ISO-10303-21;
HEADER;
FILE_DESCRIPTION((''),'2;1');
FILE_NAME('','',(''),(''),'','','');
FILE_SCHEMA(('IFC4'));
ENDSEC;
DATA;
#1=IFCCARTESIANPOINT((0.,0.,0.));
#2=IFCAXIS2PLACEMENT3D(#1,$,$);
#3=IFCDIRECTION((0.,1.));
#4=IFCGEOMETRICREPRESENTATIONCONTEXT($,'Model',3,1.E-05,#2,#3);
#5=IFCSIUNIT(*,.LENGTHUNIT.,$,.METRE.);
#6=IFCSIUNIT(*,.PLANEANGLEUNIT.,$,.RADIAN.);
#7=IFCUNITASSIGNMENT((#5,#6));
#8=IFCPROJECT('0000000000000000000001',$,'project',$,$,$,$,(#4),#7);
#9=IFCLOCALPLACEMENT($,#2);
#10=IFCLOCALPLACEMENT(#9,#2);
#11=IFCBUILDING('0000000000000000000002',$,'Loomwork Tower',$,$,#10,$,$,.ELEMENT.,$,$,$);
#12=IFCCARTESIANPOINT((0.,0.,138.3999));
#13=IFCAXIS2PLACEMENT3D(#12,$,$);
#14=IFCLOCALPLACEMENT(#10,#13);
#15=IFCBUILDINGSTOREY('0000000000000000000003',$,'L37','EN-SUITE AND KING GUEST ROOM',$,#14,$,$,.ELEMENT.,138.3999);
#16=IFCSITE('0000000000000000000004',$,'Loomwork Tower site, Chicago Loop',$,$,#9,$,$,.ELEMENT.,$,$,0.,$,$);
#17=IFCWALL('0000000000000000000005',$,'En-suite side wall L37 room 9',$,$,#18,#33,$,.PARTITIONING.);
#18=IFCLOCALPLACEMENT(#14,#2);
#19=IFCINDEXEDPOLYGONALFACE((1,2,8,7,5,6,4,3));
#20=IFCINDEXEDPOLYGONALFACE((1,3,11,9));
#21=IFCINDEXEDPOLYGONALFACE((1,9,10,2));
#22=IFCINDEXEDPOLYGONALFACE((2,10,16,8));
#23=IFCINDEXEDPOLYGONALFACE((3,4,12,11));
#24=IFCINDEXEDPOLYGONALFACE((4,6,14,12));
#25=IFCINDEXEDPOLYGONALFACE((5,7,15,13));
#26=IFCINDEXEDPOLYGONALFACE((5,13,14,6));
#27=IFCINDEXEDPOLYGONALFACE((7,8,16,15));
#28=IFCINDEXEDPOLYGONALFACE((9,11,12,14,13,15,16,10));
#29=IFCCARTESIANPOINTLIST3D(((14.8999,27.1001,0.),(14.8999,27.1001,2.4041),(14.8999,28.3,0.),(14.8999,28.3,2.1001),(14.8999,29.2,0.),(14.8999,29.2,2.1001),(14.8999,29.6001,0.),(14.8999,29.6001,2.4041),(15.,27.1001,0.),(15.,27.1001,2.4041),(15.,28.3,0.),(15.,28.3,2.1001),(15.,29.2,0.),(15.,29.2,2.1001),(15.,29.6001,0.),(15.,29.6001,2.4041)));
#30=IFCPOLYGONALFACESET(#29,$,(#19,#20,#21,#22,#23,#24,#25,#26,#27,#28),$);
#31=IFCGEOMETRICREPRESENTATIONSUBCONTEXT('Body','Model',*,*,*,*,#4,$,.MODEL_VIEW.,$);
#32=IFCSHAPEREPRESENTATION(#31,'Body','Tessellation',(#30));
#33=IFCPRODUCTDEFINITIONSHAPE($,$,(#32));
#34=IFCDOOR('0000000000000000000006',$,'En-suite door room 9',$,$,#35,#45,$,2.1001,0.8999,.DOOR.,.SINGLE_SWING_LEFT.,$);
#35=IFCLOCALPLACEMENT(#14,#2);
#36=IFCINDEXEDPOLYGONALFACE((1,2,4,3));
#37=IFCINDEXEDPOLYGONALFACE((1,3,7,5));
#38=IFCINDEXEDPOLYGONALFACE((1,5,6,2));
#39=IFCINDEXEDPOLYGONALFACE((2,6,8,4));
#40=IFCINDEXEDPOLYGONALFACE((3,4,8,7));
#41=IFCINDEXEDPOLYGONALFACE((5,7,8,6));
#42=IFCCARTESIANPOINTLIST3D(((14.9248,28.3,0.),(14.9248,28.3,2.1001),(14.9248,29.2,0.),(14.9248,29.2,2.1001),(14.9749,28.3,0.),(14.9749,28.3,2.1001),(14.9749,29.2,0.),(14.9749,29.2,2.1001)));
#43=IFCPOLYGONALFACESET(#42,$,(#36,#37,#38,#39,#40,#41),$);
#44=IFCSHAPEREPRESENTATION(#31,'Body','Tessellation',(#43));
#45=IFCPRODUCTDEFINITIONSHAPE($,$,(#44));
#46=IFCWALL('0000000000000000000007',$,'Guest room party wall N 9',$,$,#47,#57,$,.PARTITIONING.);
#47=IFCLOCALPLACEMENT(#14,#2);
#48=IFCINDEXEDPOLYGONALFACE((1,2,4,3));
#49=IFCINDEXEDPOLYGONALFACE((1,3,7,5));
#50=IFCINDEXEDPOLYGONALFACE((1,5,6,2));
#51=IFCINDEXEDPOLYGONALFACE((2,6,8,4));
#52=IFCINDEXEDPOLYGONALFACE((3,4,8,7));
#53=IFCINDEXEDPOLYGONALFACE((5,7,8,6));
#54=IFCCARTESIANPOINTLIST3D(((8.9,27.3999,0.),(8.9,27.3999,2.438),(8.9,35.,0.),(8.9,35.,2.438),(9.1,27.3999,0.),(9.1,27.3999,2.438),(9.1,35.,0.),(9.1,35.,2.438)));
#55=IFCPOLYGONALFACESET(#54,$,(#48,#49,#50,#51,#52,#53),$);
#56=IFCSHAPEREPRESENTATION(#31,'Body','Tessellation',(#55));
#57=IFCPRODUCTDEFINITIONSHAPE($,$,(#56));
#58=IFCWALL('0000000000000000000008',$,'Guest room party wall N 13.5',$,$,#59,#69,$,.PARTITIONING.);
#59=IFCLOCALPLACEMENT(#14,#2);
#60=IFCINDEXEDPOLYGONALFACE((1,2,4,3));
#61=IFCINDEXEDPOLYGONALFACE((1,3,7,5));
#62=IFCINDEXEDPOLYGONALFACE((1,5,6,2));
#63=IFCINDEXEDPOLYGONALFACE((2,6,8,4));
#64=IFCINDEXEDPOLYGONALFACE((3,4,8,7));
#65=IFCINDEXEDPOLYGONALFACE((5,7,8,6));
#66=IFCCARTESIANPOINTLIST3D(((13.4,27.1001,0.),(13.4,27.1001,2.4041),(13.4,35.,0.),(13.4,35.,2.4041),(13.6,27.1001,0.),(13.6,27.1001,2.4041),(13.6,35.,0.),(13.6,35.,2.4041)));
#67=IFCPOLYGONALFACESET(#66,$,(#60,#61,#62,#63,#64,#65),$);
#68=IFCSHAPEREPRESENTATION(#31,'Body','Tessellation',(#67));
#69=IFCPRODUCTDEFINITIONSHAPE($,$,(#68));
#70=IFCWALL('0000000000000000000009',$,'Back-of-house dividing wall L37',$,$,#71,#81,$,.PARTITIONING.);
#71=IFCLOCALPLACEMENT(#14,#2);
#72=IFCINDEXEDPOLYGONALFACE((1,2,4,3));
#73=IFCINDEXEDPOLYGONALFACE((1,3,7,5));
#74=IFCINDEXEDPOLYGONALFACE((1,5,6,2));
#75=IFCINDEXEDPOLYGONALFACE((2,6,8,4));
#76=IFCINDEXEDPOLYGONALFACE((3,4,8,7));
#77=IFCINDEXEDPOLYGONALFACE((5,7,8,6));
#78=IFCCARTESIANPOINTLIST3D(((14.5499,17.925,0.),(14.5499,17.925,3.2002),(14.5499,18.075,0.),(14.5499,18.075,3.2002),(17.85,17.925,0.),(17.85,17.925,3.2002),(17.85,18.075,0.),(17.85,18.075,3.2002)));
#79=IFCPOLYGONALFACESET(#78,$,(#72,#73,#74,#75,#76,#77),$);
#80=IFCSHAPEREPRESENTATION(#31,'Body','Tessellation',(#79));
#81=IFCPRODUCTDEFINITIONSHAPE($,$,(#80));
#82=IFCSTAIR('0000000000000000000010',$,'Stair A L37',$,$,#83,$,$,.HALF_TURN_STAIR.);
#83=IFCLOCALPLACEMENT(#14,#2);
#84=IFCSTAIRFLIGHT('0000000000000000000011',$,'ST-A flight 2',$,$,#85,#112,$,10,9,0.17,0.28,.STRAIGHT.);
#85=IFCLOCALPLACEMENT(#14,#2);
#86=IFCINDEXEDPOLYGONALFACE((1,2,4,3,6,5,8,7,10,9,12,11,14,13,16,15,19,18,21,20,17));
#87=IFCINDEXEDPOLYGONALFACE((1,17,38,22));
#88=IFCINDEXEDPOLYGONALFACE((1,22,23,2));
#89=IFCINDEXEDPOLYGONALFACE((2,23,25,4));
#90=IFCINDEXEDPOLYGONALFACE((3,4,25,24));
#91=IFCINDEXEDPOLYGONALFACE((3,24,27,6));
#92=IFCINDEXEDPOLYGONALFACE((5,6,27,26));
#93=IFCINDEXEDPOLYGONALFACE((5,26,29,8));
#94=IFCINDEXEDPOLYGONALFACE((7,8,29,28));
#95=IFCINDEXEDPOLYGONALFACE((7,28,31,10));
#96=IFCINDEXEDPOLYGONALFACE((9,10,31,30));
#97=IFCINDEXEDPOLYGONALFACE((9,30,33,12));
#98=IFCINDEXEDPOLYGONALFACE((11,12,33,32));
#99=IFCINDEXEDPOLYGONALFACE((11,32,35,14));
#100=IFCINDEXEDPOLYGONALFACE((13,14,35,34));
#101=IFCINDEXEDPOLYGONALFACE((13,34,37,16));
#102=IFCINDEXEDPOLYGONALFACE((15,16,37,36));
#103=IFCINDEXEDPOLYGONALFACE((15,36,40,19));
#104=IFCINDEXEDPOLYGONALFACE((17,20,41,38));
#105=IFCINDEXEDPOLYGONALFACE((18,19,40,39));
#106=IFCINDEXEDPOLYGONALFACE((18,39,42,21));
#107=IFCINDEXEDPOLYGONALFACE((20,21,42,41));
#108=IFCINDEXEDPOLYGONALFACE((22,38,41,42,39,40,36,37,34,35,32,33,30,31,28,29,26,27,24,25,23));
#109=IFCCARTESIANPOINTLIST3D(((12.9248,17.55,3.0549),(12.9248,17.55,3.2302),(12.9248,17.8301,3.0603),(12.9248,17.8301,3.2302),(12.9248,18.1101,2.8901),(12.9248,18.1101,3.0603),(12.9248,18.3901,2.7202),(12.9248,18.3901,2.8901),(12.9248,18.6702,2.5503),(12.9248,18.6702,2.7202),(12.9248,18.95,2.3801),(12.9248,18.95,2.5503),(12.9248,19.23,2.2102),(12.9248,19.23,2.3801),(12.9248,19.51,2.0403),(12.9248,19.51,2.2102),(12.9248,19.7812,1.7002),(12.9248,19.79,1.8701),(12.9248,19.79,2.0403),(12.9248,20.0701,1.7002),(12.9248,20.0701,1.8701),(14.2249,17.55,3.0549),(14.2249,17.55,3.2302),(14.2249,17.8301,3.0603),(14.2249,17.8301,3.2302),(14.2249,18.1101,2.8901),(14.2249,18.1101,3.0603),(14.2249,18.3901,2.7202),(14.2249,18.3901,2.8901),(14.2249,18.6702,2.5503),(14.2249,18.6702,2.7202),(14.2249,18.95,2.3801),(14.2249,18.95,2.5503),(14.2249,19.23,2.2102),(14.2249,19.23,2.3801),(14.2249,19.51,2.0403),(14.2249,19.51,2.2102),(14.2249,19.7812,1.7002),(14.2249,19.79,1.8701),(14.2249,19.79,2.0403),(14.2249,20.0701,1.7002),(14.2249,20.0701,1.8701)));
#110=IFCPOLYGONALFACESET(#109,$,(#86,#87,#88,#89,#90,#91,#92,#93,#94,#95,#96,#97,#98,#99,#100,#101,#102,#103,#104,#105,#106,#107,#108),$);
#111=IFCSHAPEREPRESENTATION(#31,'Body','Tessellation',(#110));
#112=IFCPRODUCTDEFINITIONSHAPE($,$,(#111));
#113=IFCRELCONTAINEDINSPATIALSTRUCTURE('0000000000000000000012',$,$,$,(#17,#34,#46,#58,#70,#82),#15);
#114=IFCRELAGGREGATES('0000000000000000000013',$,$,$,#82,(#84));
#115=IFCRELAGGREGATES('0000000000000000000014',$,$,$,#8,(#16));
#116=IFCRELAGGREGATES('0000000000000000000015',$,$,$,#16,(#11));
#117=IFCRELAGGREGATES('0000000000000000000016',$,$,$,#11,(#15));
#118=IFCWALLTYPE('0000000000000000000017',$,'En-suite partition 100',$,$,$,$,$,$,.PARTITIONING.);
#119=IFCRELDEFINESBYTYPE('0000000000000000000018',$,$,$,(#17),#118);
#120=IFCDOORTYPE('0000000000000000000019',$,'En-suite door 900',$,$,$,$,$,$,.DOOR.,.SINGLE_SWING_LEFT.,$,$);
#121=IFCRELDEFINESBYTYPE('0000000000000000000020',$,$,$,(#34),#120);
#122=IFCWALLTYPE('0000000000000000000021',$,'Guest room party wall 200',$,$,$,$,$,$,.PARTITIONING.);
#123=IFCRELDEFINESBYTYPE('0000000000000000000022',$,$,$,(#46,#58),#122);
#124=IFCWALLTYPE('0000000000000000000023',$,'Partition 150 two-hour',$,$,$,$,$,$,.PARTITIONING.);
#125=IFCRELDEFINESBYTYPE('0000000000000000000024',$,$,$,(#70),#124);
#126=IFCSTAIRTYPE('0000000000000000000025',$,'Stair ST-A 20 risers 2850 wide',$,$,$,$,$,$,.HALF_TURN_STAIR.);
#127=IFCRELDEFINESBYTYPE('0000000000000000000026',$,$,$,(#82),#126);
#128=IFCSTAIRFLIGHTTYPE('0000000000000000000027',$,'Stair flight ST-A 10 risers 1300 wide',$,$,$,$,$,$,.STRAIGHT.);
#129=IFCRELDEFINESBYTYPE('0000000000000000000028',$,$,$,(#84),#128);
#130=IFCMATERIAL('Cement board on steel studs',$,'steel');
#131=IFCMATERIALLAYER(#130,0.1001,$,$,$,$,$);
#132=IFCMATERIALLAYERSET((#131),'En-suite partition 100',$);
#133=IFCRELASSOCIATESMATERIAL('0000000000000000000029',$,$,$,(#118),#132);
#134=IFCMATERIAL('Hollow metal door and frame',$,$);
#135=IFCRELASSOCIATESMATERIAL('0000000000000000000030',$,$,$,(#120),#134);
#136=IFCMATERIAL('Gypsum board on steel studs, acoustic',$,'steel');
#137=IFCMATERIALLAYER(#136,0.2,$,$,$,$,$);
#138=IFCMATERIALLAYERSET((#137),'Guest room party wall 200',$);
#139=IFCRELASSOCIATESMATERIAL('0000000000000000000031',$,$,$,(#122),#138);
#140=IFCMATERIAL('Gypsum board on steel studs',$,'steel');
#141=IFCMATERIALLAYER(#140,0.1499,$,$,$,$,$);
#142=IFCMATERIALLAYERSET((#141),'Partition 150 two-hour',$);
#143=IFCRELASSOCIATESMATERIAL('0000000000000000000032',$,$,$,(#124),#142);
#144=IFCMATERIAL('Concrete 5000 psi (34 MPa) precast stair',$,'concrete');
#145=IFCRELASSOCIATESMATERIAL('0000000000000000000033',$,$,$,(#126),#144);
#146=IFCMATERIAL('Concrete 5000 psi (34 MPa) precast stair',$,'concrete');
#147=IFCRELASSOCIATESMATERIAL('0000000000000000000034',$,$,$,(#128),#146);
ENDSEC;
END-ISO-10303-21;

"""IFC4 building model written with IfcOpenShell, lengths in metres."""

from ifc_helpers import new_model, si_unit, direction, frame, frame_2d, origin, place, context, subcontext, project, spatial, polyline, rectangle, outline, extrude, material, layer, layer_set, type_object, element, fill, aggregate, save


model = new_model("IFC4")

# Units and contexts
model_context = context("Model", 3, precision=1e-05, world=origin(), true_north=direction((0.0, 1.0)))
body_context = subcontext(model_context, "Body", "Model", "MODEL_VIEW")
ifc_project = project(units=[si_unit("LENGTHUNIT", "METRE"), si_unit("PLANEANGLEUNIT", "RADIAN")], contexts=[model_context])

# Site, building, storey
site_placement = place(None, origin())
site = spatial("IfcSite", under=ifc_project, at=site_placement, Name="Loomwork Tower site, Chicago Loop", CompositionType="ELEMENT", RefElevation=0.0)
building_placement = place(site_placement, origin())
building = spatial("IfcBuilding", under=site, at=building_placement, Name="Loomwork Tower", CompositionType="ELEMENT")
storey_placement = place(building_placement, frame((0.0, 0.0, 138.3999)))
storey = spatial("IfcBuildingStorey", under=building, at=storey_placement, Name="L37", Description="EN-SUITE AND KING GUEST ROOM", CompositionType="ELEMENT", Elevation=138.3999)

# Wall, opening, door
ifc_material_1 = material(Name="Cement board on steel studs", Category="steel")
ifc_layer_1 = layer(ifc_material_1, 0.1001)
ifc_layer_set_1 = layer_set([ifc_layer_1], Name="En-suite partition 100")
wall_type_1 = type_object("IfcWallType", Name="En-suite partition 100", PredefinedType="PARTITIONING", material=ifc_layer_set_1)
ifc_material_2 = material(Name="Hollow metal door and frame")
door_type_1 = type_object("IfcDoorType", Name="En-suite door 900", OperationType="SINGLE_SWING_LEFT", PredefinedType="DOOR", material=ifc_material_2)
wall_1_placement = place(storey_placement, frame((14.95, 27.1001, 0.0), z_axis=(0.0, 0.0, 1.0), x_axis=(0.0, 1.0, 0.0)))
wall_1 = element("IfcWall", 1, at=wall_1_placement, inside=storey, type_object=wall_type_1, Name="En-suite side wall L37 room 9", PredefinedType="PARTITIONING", context=body_context, shape_type="SweptSolid", body=[
    extrude(rectangle(XDim=2.5, YDim=0.1001, at=frame_2d((1.25, 0.0))), origin(), (0.0, 0.0, 1.0), 2.4041),
])
opening_1_placement = place(wall_1_placement, frame((1.2, 0.0, 0.0)))
opening_1 = element("IfcOpeningElement", 2, at=opening_1_placement, cuts=wall_1, PredefinedType="OPENING", context=body_context, shape_type="SweptSolid", body=[
    extrude(rectangle(XDim=0.8999, YDim=2.1001, at=frame_2d((0.45, 1.05))), frame((0.0, 0.0601, 0.0), z_axis=(0.0, -1.0, 0.0), x_axis=(1.0, 0.0, 0.0)), (0.0, 0.0, 1.0), 0.1201),
])
door_1_placement = place(opening_1_placement, frame((0.8999, 0.0, 0.0), z_axis=(0.0, 0.0, 1.0), x_axis=(-1.0, 0.0, 0.0)))
door_1 = element("IfcDoor", 3, at=door_1_placement, inside=storey, type_object=door_type_1, Name="En-suite door room 9", OperationType="SINGLE_SWING_LEFT", OverallHeight=2.1001, OverallWidth=0.8999, PredefinedType="DOOR", context=body_context, shape_type="SweptSolid", body=[
    extrude(rectangle(XDim=0.8999, YDim=2.1001, at=frame_2d((0.45, 1.05))), frame((0.0, 0.0249, 0.0), z_axis=(0.0, -1.0, 0.0), x_axis=(1.0, 0.0, 0.0)), (0.0, 0.0, 1.0), 0.05),
])
fill(opening_1, door_1)

# Walls
ifc_material_3 = material(Name="Gypsum board on steel studs, acoustic", Category="steel")
ifc_layer_2 = layer(ifc_material_3, 0.2)
ifc_layer_set_2 = layer_set([ifc_layer_2], Name="Guest room party wall 200")
wall_type_2 = type_object("IfcWallType", Name="Guest room party wall 200", PredefinedType="PARTITIONING", material=ifc_layer_set_2)
wall_2_placement = place(storey_placement, frame((9.0, 27.3999, 0.0), z_axis=(0.0, 0.0, 1.0), x_axis=(0.0, 1.0, 0.0)))
element("IfcWall", 4, at=wall_2_placement, inside=storey, type_object=wall_type_2, Name="Guest room party wall N 9", PredefinedType="PARTITIONING", context=body_context, shape_type="SweptSolid", body=[
    extrude(rectangle(XDim=7.6001, YDim=0.2, at=frame_2d((3.8, 0.0))), origin(), (0.0, 0.0, 1.0), 2.438),
])
wall_3_placement = place(storey_placement, frame((13.5, 27.1001, 0.0), z_axis=(0.0, 0.0, 1.0), x_axis=(0.0, 1.0, 0.0)))
element("IfcWall", 5, at=wall_3_placement, inside=storey, type_object=wall_type_2, Name="Guest room party wall N 13.5", PredefinedType="PARTITIONING", context=body_context, shape_type="SweptSolid", body=[
    extrude(rectangle(XDim=7.8999, YDim=0.2, at=frame_2d((3.95, 0.0))), origin(), (0.0, 0.0, 1.0), 2.4041),
])
ifc_material_4 = material(Name="Gypsum board on steel studs", Category="steel")
ifc_layer_3 = layer(ifc_material_4, 0.1499)
ifc_layer_set_3 = layer_set([ifc_layer_3], Name="Partition 150 two-hour")
wall_type_3 = type_object("IfcWallType", Name="Partition 150 two-hour", PredefinedType="PARTITIONING", material=ifc_layer_set_3)
wall_4_placement = place(storey_placement, frame((14.55, 18.0, 0.0), z_axis=(0.0, 0.0, 1.0), x_axis=(1.0, 0.0, 0.0)))
element("IfcWall", 6, at=wall_4_placement, inside=storey, type_object=wall_type_3, Name="Back-of-house dividing wall L37", PredefinedType="PARTITIONING", context=body_context, shape_type="SweptSolid", body=[
    extrude(rectangle(XDim=3.3, YDim=0.1499, at=frame_2d((1.6499, 0.0))), origin(), (0.0, 0.0, 1.0), 3.2002),
])

# Stair, stair flight
ifc_material_5 = material(Name="Concrete 5000 psi (34 MPa) precast stair", Category="concrete")
stair_type = type_object("IfcStairType", Name="Stair ST-A 20 risers 2850 wide", PredefinedType="HALF_TURN_STAIR", material=ifc_material_5)
stair_placement = place(storey_placement, origin())
stair = element("IfcStair", 7, at=stair_placement, inside=storey, type_object=stair_type, Name="Stair A L37", PredefinedType="HALF_TURN_STAIR")
ifc_material_6 = material(Name="Concrete 5000 psi (34 MPa) precast stair", Category="concrete")
stair_flight_type = type_object("IfcStairFlightType", Name="Stair flight ST-A 10 risers 1300 wide", PredefinedType="STRAIGHT", material=ifc_material_6)
stair_flight_placement = place(storey_placement, frame((13.575, 20.0701, 1.7002), z_axis=(0.0, 0.0, 1.0), x_axis=(0.0, -1.0, 0.0)))
stair_flight = element("IfcStairFlight", 8, at=stair_flight_placement, type_object=stair_flight_type, Name="ST-A flight 2", NumberOfRisers=10, NumberOfTreads=9, PredefinedType="STRAIGHT", RiserHeight=0.17, TreadLength=0.28, context=body_context, shape_type="SweptSolid", body=[
    extrude(outline(polyline([(0.0, 0.0), (0.0, 0.1699), (0.28, 0.1699), (0.28, 0.3401), (0.5601, 0.3401), (0.5601, 0.51), (0.8401, 0.51), (0.8401, 0.6799), (1.1201, 0.6799), (1.1201, 0.8501), (1.3999, 0.8501), (1.3999, 1.02), (1.6799, 1.02), (1.6799, 1.1899), (1.96, 1.1899), (1.96, 1.3601), (2.24, 1.3601), (2.24, 1.53), (2.52, 1.53), (2.52, 1.7), (2.52, 1.3547), (0.2888, 0.0), (0.0, 0.0)])), frame((0.0, 0.6499, 0.0), z_axis=(0.0, -1.0, 0.0), x_axis=(1.0, 0.0, 0.0)), (0.0, 0.0, 1.0), 1.3),
])
aggregate(stair, [stair_flight])

save(model, "model.ifc")
